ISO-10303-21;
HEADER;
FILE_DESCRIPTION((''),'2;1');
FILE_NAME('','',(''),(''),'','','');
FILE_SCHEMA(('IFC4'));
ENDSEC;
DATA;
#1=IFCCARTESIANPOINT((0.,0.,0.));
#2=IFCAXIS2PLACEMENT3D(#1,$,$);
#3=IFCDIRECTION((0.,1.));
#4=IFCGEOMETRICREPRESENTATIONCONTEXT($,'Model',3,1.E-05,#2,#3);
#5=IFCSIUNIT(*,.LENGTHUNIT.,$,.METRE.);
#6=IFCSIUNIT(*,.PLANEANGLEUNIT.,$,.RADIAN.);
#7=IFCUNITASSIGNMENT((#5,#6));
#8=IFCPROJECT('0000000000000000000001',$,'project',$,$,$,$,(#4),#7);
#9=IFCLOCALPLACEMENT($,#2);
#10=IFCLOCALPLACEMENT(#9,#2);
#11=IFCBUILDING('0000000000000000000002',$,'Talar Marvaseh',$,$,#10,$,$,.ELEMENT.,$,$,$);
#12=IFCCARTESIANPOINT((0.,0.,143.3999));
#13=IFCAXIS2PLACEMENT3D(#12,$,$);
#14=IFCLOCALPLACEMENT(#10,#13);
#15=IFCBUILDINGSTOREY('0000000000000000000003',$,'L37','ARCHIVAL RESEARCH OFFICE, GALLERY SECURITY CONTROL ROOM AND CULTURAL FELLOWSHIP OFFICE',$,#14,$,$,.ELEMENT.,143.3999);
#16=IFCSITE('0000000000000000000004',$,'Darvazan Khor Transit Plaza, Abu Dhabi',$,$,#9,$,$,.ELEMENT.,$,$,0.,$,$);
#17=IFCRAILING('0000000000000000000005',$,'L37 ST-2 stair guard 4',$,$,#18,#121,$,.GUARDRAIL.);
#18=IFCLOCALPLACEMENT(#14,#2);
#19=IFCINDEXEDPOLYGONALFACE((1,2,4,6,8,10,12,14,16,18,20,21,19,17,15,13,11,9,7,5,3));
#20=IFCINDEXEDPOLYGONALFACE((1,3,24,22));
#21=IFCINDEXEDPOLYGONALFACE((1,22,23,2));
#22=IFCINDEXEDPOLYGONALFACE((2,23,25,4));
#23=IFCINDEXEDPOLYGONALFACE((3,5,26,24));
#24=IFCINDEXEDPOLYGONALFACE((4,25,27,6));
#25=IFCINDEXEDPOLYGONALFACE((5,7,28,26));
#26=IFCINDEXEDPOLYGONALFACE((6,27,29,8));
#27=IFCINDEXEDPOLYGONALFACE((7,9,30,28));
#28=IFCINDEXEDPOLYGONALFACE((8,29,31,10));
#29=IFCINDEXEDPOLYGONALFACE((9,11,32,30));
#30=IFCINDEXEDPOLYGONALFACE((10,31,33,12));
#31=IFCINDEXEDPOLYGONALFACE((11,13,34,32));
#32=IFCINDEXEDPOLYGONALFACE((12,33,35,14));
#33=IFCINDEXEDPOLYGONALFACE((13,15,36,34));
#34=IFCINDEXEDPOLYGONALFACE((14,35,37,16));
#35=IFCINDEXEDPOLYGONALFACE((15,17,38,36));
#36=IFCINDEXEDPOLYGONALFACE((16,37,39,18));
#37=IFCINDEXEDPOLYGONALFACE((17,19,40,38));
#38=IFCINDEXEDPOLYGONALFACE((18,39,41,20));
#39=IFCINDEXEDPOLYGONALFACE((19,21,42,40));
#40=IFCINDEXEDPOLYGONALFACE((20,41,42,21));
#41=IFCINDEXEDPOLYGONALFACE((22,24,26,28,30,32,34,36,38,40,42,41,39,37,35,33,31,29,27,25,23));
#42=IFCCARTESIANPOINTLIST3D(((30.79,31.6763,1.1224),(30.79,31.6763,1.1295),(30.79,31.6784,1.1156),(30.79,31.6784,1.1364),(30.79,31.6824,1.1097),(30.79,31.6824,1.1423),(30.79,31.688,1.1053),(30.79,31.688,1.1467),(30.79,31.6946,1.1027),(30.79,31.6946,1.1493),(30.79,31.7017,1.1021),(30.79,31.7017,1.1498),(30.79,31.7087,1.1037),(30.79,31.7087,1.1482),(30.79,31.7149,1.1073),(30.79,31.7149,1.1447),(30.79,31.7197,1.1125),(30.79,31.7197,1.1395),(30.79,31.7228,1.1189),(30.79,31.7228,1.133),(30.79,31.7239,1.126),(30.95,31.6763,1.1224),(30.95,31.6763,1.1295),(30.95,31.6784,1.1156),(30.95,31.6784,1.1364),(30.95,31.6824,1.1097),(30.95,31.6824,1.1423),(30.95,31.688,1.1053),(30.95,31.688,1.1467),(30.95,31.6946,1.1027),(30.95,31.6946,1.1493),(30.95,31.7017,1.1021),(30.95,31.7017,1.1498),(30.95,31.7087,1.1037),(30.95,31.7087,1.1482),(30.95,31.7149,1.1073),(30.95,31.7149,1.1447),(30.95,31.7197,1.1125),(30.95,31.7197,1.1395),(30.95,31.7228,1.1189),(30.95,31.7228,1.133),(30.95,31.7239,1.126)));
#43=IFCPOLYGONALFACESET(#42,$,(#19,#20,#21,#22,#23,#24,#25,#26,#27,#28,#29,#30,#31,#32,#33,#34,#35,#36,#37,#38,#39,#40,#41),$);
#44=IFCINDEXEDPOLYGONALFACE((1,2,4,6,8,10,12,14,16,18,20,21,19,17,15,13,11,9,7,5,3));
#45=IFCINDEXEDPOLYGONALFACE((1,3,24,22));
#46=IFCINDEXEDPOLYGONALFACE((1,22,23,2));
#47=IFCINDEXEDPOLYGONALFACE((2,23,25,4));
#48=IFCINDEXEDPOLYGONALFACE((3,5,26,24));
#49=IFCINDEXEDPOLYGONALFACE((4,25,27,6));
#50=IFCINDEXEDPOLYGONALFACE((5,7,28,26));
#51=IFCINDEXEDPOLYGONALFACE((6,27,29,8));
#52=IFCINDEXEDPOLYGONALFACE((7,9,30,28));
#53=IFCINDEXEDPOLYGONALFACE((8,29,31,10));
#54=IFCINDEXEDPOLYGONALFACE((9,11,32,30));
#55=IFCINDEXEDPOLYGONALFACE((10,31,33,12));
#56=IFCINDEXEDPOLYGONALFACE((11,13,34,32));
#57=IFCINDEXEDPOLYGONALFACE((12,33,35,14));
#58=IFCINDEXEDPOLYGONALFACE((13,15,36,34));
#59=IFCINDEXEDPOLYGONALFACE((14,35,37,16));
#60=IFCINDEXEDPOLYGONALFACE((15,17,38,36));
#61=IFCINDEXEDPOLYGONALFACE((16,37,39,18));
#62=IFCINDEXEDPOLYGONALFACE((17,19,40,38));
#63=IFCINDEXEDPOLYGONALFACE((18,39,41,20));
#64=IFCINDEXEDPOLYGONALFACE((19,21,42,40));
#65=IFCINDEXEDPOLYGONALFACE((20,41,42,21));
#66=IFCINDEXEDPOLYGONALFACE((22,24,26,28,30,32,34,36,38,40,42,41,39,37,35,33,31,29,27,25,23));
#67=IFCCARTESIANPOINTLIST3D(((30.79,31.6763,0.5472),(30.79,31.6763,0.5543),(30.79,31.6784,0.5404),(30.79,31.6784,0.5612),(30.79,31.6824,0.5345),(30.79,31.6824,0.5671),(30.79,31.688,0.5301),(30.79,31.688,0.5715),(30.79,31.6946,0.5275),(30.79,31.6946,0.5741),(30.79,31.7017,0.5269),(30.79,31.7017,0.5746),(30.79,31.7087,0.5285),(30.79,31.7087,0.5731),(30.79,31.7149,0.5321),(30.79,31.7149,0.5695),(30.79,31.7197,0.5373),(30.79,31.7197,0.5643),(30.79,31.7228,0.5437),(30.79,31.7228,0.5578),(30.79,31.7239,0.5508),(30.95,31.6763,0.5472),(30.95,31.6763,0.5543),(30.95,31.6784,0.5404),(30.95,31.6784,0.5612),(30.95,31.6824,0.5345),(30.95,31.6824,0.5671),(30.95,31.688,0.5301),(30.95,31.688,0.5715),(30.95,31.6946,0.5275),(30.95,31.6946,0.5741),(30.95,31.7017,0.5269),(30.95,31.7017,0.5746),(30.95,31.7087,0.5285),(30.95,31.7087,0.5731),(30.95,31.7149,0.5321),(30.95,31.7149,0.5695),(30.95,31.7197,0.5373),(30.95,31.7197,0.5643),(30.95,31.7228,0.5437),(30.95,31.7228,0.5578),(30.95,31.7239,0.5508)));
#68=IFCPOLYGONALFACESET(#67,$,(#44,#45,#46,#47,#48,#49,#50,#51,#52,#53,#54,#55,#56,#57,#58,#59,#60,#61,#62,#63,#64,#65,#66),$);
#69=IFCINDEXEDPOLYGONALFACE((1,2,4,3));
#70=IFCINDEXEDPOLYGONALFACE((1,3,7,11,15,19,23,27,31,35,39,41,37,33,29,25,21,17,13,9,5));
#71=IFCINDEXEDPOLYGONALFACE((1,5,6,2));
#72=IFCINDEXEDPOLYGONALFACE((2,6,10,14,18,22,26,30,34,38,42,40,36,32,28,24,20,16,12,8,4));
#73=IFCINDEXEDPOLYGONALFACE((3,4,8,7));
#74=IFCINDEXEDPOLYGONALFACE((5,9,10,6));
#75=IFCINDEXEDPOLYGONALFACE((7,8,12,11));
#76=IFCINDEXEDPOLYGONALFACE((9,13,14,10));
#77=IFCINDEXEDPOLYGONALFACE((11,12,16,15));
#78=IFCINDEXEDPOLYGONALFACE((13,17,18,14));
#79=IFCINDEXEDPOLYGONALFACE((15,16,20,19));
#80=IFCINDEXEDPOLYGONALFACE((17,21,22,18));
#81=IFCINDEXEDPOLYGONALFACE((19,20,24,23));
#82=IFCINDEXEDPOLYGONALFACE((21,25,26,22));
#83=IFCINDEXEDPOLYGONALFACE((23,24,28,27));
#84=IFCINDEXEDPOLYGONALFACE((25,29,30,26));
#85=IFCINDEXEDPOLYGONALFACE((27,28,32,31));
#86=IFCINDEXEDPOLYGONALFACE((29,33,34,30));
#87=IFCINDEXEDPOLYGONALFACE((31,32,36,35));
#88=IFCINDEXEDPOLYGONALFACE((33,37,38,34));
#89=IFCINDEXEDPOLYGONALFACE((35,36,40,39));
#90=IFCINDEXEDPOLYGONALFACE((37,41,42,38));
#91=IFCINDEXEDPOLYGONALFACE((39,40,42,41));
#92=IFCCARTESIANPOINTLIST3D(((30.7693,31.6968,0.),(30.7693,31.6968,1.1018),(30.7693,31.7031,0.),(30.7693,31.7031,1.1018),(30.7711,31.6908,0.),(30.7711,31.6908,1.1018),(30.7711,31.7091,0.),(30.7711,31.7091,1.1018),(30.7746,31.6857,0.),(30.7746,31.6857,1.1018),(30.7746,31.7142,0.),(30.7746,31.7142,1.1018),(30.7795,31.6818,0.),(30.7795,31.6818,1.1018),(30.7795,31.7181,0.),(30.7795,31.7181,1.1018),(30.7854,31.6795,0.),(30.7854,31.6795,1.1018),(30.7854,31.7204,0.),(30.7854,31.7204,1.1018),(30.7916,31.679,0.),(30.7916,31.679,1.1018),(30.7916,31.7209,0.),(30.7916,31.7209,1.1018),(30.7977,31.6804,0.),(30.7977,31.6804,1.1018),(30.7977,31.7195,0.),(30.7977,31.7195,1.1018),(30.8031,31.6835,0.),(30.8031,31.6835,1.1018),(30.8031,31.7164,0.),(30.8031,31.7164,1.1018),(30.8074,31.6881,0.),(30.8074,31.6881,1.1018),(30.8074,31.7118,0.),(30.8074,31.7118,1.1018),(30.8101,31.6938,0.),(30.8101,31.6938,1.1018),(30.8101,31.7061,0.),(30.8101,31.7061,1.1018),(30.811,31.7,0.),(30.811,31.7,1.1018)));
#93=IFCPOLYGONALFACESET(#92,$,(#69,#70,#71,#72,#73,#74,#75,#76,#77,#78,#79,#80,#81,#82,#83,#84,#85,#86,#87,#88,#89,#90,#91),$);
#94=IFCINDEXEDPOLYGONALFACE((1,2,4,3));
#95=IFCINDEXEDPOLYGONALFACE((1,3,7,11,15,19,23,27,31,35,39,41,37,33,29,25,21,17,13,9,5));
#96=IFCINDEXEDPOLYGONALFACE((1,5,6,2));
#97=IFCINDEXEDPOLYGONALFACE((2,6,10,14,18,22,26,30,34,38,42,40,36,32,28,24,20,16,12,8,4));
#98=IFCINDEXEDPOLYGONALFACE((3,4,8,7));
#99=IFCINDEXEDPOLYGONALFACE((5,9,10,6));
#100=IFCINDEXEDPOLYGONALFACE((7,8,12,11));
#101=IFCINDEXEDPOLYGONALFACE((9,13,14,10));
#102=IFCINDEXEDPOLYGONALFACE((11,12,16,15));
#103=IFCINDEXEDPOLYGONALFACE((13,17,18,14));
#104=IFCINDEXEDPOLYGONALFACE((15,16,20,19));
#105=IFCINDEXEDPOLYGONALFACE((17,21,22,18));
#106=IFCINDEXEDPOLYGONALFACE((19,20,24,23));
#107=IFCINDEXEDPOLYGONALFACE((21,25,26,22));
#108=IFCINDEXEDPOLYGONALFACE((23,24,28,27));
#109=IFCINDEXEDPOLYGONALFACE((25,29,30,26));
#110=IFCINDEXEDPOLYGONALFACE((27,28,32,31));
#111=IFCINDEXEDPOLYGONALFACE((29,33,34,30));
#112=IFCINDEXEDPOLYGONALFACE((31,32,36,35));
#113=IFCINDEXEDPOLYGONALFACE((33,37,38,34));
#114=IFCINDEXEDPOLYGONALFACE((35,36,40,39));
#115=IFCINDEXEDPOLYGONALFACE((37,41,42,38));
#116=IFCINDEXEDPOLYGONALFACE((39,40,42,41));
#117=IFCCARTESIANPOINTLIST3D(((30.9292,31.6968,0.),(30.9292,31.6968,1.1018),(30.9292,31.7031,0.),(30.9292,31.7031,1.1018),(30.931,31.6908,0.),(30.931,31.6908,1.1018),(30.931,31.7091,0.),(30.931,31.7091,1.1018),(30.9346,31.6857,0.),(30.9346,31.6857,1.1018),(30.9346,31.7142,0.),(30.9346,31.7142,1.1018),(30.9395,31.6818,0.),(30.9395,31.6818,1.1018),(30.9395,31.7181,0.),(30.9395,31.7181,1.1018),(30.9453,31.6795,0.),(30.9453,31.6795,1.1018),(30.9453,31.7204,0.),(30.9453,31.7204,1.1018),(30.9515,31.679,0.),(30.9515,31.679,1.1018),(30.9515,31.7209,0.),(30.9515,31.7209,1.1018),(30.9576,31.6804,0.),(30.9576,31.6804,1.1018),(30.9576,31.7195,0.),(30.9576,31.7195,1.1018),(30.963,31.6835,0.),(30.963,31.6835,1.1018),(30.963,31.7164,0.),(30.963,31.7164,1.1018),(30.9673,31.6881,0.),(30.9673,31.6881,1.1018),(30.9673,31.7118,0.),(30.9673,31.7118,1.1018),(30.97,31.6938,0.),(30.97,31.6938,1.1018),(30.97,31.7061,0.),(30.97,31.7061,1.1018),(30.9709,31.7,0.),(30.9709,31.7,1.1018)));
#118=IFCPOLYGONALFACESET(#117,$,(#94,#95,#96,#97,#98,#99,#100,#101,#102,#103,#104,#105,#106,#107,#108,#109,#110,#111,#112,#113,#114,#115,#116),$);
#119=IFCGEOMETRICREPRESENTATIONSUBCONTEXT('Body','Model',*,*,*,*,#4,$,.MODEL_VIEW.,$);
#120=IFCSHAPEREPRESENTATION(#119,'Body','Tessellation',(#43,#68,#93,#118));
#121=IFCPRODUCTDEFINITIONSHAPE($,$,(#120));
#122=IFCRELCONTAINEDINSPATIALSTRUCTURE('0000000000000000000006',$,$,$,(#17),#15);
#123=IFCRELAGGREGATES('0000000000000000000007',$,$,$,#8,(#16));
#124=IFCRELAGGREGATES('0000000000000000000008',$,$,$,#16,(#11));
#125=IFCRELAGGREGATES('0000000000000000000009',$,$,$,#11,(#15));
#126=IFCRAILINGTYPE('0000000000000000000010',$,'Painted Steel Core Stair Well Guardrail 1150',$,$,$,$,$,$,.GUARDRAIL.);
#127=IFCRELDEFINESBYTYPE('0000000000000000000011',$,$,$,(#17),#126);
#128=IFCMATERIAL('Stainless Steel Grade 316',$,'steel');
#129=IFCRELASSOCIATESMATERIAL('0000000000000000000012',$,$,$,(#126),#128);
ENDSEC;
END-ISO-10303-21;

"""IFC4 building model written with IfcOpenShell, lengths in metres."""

from ifc_helpers import new_model, si_unit, direction, frame, origin, origin_2d, place, context, subcontext, project, spatial, circle, extrude, material, type_object, element, save


model = new_model("IFC4")

# Units and contexts
model_context = context("Model", 3, precision=1e-05, world=origin(), true_north=direction((0.0, 1.0)))
body_context = subcontext(model_context, "Body", "Model", "MODEL_VIEW")
ifc_project = project(units=[si_unit("LENGTHUNIT", "METRE"), si_unit("PLANEANGLEUNIT", "RADIAN")], contexts=[model_context])

# Site, building, storey
site_placement = place(None, origin())
site = spatial("IfcSite", under=ifc_project, at=site_placement, Name="Darvazan Khor Transit Plaza, Abu Dhabi", CompositionType="ELEMENT", RefElevation=0.0)
building_placement = place(site_placement, origin())
building = spatial("IfcBuilding", under=site, at=building_placement, Name="Talar Marvaseh", CompositionType="ELEMENT")
storey_placement = place(building_placement, frame((0.0, 0.0, 143.3999)))
storey = spatial("IfcBuildingStorey", under=building, at=storey_placement, Name="L37", Description="ARCHIVAL RESEARCH OFFICE, GALLERY SECURITY CONTROL ROOM AND CULTURAL FELLOWSHIP OFFICE", CompositionType="ELEMENT", Elevation=143.3999)

# Shared definitions
ifc_material_1 = material(Name="Stainless Steel Grade 316", Category="steel")

# Railing
railing_type_1 = type_object("IfcRailingType", Name="Painted Steel Core Stair Well Guardrail 1150", PredefinedType="GUARDRAIL", material=ifc_material_1)
railing_1_placement = place(storey_placement, frame((30.79, 31.7, 0.0)))
element("IfcRailing", 1, at=railing_1_placement, inside=storey, type_object=railing_type_1, Name="L37 ST-2 stair guard 4", PredefinedType="GUARDRAIL", context=body_context, shape_type="SweptSolid", body=[
    extrude(circle(Radius=0.0239, at=origin_2d()), frame((0.0, 0.0, 1.126), z_axis=(1.0, 0.0, 0.0), x_axis=(0.0, 1.0, 0.0)), (0.0, 0.0, 1.0), 0.1599),
    extrude(circle(Radius=0.0239, at=origin_2d()), frame((0.0, 0.0, 0.5508), z_axis=(1.0, 0.0, 0.0), x_axis=(0.0, 1.0, 0.0)), (0.0, 0.0, 1.0), 0.1599),
    extrude(circle(Radius=0.021, at=origin_2d()), origin(), (0.0, 0.0, 1.0), 1.1018),
    extrude(circle(Radius=0.021, at=origin_2d()), frame((0.1599, 0.0, 0.0)), (0.0, 0.0, 1.0), 1.1018),
])

save(model, "model.ifc")
